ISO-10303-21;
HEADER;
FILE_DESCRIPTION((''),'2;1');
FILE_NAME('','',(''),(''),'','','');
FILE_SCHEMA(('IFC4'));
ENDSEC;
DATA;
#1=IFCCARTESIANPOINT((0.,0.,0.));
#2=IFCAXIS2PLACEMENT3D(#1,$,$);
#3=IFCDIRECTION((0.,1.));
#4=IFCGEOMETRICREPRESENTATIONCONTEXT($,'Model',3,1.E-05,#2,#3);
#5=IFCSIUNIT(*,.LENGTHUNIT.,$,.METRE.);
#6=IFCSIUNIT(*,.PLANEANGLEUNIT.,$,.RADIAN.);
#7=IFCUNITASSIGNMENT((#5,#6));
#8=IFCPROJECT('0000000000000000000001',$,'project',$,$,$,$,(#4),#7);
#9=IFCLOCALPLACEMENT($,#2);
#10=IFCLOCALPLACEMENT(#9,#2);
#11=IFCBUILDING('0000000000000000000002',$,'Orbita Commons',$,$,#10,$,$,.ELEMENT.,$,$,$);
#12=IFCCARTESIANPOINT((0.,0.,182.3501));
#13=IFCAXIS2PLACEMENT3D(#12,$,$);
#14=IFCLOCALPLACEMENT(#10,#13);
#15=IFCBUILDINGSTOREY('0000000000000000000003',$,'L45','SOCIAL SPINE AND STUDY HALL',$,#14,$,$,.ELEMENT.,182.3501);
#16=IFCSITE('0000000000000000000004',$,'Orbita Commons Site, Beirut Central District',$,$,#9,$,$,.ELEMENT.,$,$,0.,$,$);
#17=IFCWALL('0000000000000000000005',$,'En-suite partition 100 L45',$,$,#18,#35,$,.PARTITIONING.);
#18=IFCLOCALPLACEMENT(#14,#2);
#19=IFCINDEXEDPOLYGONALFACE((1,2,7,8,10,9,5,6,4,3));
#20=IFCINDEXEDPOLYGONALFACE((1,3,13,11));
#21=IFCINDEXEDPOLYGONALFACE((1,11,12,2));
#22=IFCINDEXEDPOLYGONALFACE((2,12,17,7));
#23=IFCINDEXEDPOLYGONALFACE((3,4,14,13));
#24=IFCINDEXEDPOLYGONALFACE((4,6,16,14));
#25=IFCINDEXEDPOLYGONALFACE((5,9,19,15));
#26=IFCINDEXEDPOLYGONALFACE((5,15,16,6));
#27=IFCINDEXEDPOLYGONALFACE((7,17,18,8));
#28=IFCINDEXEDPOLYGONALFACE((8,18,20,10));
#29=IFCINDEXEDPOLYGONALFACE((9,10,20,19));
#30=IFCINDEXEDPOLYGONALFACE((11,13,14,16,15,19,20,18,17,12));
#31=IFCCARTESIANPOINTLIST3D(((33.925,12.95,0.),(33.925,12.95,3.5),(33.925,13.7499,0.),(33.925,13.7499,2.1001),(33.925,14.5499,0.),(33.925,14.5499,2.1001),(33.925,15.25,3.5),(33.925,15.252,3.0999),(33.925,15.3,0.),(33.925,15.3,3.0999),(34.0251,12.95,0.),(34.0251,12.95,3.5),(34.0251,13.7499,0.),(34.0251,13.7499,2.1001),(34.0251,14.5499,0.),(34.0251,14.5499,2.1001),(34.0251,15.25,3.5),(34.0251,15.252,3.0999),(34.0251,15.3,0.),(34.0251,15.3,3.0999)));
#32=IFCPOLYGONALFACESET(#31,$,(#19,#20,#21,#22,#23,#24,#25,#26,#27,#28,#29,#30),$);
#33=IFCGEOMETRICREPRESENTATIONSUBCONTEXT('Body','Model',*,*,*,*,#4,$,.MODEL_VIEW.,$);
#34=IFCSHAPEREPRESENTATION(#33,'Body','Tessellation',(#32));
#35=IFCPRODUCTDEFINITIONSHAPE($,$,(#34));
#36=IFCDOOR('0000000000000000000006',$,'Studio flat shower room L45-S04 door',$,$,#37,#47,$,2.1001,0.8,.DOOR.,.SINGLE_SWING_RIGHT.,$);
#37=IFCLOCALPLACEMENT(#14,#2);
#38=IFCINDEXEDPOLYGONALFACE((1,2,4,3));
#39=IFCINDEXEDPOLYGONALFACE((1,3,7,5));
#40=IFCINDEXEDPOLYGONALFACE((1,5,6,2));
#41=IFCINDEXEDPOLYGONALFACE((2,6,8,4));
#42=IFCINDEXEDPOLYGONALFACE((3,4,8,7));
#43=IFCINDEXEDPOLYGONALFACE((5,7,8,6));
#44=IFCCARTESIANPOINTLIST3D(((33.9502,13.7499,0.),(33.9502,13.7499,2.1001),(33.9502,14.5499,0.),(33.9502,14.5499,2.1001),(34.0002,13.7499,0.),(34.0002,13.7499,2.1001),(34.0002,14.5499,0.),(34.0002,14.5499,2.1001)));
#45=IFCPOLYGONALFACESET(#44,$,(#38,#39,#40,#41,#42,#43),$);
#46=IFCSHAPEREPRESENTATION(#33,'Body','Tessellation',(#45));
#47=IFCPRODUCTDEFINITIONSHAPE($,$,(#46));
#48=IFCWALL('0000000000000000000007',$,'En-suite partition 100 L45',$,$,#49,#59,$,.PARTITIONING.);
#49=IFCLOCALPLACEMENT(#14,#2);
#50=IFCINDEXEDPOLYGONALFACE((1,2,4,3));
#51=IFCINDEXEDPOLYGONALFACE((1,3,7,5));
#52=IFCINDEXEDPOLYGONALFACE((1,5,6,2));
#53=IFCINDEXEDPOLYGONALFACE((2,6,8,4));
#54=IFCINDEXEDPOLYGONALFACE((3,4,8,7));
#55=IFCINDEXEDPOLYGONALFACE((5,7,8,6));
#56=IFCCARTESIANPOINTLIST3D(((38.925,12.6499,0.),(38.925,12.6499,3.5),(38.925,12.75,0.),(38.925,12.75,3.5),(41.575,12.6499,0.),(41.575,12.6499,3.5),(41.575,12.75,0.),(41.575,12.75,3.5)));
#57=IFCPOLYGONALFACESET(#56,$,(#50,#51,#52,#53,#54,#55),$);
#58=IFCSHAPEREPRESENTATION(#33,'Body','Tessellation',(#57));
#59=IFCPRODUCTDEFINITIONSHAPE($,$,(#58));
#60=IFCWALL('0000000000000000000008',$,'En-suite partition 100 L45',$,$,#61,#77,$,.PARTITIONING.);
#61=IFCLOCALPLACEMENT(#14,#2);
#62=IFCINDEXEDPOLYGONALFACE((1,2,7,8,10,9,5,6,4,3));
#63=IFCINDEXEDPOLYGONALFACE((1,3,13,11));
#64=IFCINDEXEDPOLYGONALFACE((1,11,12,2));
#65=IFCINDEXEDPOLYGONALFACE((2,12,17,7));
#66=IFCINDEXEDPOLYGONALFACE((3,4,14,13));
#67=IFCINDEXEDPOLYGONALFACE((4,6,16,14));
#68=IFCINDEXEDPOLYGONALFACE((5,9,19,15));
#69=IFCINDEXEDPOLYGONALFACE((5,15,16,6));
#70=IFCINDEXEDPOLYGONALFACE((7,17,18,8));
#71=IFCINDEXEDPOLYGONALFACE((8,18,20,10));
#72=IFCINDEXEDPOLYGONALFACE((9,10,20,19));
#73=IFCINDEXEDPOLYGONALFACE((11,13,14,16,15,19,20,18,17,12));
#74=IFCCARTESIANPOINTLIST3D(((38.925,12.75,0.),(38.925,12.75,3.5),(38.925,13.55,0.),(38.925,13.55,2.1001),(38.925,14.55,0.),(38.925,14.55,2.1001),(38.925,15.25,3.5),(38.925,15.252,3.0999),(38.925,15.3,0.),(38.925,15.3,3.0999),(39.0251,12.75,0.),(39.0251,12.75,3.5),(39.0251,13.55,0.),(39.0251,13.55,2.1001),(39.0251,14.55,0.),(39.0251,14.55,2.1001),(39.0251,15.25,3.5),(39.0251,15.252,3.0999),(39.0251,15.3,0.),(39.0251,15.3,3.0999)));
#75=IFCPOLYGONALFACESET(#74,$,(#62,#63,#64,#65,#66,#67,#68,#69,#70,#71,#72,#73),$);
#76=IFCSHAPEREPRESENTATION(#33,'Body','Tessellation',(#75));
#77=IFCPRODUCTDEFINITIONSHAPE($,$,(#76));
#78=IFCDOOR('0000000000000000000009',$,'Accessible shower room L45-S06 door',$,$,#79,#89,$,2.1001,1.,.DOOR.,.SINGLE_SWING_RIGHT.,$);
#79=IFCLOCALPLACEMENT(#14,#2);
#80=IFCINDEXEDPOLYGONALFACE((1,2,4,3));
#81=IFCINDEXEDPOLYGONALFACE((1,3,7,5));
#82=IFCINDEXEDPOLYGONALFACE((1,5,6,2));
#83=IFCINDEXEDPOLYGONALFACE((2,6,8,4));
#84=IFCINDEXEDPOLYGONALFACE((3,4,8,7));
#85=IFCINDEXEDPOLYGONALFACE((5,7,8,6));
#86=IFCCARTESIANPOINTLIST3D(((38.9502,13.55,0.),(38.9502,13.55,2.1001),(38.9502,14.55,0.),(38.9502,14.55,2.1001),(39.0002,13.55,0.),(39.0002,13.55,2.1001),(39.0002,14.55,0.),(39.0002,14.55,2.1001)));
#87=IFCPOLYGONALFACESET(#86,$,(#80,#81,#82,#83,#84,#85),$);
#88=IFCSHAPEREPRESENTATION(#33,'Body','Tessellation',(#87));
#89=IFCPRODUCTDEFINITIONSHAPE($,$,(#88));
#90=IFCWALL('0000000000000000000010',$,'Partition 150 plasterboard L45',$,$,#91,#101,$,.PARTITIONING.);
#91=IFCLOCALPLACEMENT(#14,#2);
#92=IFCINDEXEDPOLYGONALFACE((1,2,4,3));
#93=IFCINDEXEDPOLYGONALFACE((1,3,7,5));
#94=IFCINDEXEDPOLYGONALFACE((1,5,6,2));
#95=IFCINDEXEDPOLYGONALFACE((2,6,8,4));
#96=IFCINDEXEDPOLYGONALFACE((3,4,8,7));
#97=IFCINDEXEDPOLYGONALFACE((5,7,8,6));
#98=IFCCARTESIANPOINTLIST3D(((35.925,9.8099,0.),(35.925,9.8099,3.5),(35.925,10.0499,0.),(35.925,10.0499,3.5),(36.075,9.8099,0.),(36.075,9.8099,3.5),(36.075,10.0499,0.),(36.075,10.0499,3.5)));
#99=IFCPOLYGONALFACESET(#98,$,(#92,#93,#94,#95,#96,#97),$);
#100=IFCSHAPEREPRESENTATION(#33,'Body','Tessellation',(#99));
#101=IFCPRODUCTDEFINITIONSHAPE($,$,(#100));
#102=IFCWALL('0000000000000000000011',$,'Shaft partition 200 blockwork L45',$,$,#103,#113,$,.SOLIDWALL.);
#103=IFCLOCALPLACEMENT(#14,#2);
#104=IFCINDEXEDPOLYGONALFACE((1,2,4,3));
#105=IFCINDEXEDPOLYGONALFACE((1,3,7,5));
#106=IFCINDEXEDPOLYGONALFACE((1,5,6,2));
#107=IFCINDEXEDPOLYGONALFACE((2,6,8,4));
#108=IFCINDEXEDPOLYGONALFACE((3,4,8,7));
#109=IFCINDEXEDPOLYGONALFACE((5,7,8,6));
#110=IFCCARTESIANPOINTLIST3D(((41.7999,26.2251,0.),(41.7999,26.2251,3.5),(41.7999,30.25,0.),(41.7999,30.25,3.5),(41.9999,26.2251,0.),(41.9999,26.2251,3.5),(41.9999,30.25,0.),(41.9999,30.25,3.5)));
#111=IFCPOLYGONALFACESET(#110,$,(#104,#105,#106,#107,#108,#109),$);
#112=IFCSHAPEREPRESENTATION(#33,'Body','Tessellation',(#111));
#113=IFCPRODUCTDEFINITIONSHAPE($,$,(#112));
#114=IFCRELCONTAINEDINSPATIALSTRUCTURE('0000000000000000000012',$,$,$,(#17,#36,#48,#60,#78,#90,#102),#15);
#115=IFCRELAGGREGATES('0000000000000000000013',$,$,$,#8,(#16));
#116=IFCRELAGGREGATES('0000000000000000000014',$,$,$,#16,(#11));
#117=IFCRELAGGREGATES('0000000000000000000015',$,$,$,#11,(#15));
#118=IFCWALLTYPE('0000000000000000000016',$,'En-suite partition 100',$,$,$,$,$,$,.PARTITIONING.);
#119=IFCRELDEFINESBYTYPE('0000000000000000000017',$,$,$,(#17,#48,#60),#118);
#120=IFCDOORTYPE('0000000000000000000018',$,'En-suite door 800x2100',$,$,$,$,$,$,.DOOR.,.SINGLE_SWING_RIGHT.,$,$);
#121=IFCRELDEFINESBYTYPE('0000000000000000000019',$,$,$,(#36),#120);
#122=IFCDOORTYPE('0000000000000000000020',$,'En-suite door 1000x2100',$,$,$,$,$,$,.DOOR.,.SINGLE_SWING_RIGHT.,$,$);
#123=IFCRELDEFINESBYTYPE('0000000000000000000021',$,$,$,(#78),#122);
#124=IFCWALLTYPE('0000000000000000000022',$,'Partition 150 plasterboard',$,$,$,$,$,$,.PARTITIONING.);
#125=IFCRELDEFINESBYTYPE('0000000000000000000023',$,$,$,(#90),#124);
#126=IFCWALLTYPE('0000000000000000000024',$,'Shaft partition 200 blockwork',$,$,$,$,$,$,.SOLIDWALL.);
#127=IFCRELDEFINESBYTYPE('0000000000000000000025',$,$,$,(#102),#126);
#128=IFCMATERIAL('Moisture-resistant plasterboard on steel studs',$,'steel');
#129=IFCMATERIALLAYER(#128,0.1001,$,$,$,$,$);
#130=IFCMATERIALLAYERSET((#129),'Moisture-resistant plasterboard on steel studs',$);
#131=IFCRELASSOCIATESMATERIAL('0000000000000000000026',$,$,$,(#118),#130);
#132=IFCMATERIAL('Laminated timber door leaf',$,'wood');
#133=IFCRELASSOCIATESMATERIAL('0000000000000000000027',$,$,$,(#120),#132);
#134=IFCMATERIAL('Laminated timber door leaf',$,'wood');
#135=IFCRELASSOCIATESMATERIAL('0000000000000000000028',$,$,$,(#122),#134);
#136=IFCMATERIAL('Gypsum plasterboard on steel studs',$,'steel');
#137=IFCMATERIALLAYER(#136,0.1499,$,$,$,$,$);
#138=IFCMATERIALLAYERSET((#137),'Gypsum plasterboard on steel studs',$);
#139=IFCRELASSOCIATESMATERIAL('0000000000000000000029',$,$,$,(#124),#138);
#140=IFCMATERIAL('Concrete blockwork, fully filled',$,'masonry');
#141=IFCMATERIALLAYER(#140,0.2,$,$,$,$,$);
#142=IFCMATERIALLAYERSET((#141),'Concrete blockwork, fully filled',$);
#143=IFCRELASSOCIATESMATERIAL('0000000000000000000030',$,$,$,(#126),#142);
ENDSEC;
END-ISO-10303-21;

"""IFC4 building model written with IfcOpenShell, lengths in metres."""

from ifc_helpers import new_model, si_unit, direction, frame, frame_2d, origin, place, context, subcontext, project, spatial, polyline, rectangle, outline, extrude, material, layer, layer_set, type_object, element, fill, save


model = new_model("IFC4")

# Units and contexts
model_context = context("Model", 3, precision=1e-05, world=origin(), true_north=direction((0.0, 1.0)))
body_context = subcontext(model_context, "Body", "Model", "MODEL_VIEW")
ifc_project = project(units=[si_unit("LENGTHUNIT", "METRE"), si_unit("PLANEANGLEUNIT", "RADIAN")], contexts=[model_context])

# Site, building, storey
site_placement = place(None, origin())
site = spatial("IfcSite", under=ifc_project, at=site_placement, Name="Orbita Commons Site, Beirut Central District", CompositionType="ELEMENT", RefElevation=0.0)
building_placement = place(site_placement, origin())
building = spatial("IfcBuilding", under=site, at=building_placement, Name="Orbita Commons", CompositionType="ELEMENT")
storey_placement = place(building_placement, frame((0.0, 0.0, 182.3501)))
storey = spatial("IfcBuildingStorey", under=building, at=storey_placement, Name="L45", Description="SOCIAL SPINE AND STUDY HALL", CompositionType="ELEMENT", Elevation=182.3501)

# Wall, opening, door
ifc_material_1 = material(Name="Moisture-resistant plasterboard on steel studs", Category="steel")
ifc_layer_1 = layer(ifc_material_1, 0.1001)
ifc_layer_set_1 = layer_set([ifc_layer_1], Name="Moisture-resistant plasterboard on steel studs")
wall_type_1 = type_object("IfcWallType", Name="En-suite partition 100", PredefinedType="PARTITIONING", material=ifc_layer_set_1)
ifc_material_2 = material(Name="Laminated timber door leaf", Category="wood")
door_type_1 = type_object("IfcDoorType", Name="En-suite door 800x2100", OperationType="SINGLE_SWING_RIGHT", PredefinedType="DOOR", material=ifc_material_2)
wall_1_placement = place(storey_placement, frame((33.9751, 12.95, 0.0), z_axis=(0.0, 0.0, 1.0), x_axis=(0.0, 1.0, 0.0)))
wall_1 = element("IfcWall", 1, at=wall_1_placement, inside=storey, type_object=wall_type_1, Name="En-suite partition 100 L45", PredefinedType="PARTITIONING", context=body_context, shape_type="SweptSolid", body=[
    extrude(outline(polyline([(0.0, 0.0), (2.3501, 0.0), (2.3501, 3.0999), (2.302, 3.0999), (2.3, 3.5), (0.0, 3.5), (0.0, 0.0)])), frame((0.0, 0.05, 0.0), z_axis=(0.0, -1.0, 0.0), x_axis=(1.0, 0.0, 0.0)), (0.0, 0.0, 1.0), 0.1001),
])
opening_1_placement = place(wall_1_placement, frame((0.8, 0.0, 0.0)))
opening_1 = element("IfcOpeningElement", 2, at=opening_1_placement, cuts=wall_1, PredefinedType="OPENING", context=body_context, shape_type="SweptSolid", body=[
    extrude(rectangle(XDim=0.8, YDim=2.1001, at=frame_2d((0.3999, 1.05))), frame((0.0, 0.0601, 0.0), z_axis=(0.0, -1.0, 0.0), x_axis=(1.0, 0.0, 0.0)), (0.0, 0.0, 1.0), 0.1201),
])
door_1_placement = place(opening_1_placement, origin())
door_1 = element("IfcDoor", 3, at=door_1_placement, inside=storey, type_object=door_type_1, Name="Studio flat shower room L45-S04 door", OperationType="SINGLE_SWING_RIGHT", OverallHeight=2.1001, OverallWidth=0.8, PredefinedType="DOOR", context=body_context, shape_type="SweptSolid", body=[
    extrude(rectangle(XDim=0.8, YDim=2.1001, at=frame_2d((0.3999, 1.05))), frame((0.0, 0.0249, 0.0), z_axis=(0.0, -1.0, 0.0), x_axis=(1.0, 0.0, 0.0)), (0.0, 0.0, 1.0), 0.05),
])
fill(opening_1, door_1)

# Wall
wall_2_placement = place(storey_placement, frame((38.925, 12.7, 0.0), z_axis=(0.0, 0.0, 1.0), x_axis=(1.0, 0.0, 0.0)))
element("IfcWall", 4, at=wall_2_placement, inside=storey, type_object=wall_type_1, Name="En-suite partition 100 L45", PredefinedType="PARTITIONING", context=body_context, shape_type="SweptSolid", body=[
    extrude(rectangle(XDim=2.6499, YDim=0.1001, at=frame_2d((1.325, 0.0))), origin(), (0.0, 0.0, 1.0), 3.5),
])

# Wall, opening, door
wall_3_placement = place(storey_placement, frame((38.9751, 12.75, 0.0), z_axis=(0.0, 0.0, 1.0), x_axis=(0.0, 1.0, 0.0)))
wall_3 = element("IfcWall", 5, at=wall_3_placement, inside=storey, type_object=wall_type_1, Name="En-suite partition 100 L45", PredefinedType="PARTITIONING", context=body_context, shape_type="SweptSolid", body=[
    extrude(outline(polyline([(0.0, 0.0), (2.55, 0.0), (2.55, 3.0999), (2.502, 3.0999), (2.5, 3.5), (0.0, 3.5), (0.0, 0.0)])), frame((0.0, 0.05, 0.0), z_axis=(0.0, -1.0, 0.0), x_axis=(1.0, 0.0, 0.0)), (0.0, 0.0, 1.0), 0.1001),
])
opening_2_placement = place(wall_3_placement, frame((0.8, 0.0, 0.0)))
opening_2 = element("IfcOpeningElement", 6, at=opening_2_placement, cuts=wall_3, PredefinedType="OPENING", context=body_context, shape_type="SweptSolid", body=[
    extrude(rectangle(XDim=1.0, YDim=2.1001, at=frame_2d((0.5, 1.05))), frame((0.0, 0.0601, 0.0), z_axis=(0.0, -1.0, 0.0), x_axis=(1.0, 0.0, 0.0)), (0.0, 0.0, 1.0), 0.1201),
])
ifc_material_3 = material(Name="Laminated timber door leaf", Category="wood")
door_type_2 = type_object("IfcDoorType", Name="En-suite door 1000x2100", OperationType="SINGLE_SWING_RIGHT", PredefinedType="DOOR", material=ifc_material_3)
door_2_placement = place(opening_2_placement, origin())
door_2 = element("IfcDoor", 7, at=door_2_placement, inside=storey, type_object=door_type_2, Name="Accessible shower room L45-S06 door", OperationType="SINGLE_SWING_RIGHT", OverallHeight=2.1001, OverallWidth=1.0, PredefinedType="DOOR", context=body_context, shape_type="SweptSolid", body=[
    extrude(rectangle(XDim=1.0, YDim=2.1001, at=frame_2d((0.5, 1.05))), frame((0.0, 0.0249, 0.0), z_axis=(0.0, -1.0, 0.0), x_axis=(1.0, 0.0, 0.0)), (0.0, 0.0, 1.0), 0.05),
])
fill(opening_2, door_2)

# Walls
ifc_material_4 = material(Name="Gypsum plasterboard on steel studs", Category="steel")
ifc_layer_2 = layer(ifc_material_4, 0.1499)
ifc_layer_set_2 = layer_set([ifc_layer_2], Name="Gypsum plasterboard on steel studs")
wall_type_2 = type_object("IfcWallType", Name="Partition 150 plasterboard", PredefinedType="PARTITIONING", material=ifc_layer_set_2)
wall_4_placement = place(storey_placement, frame((36.0, 10.05, 0.0), z_axis=(0.0, 0.0, 1.0), x_axis=(0.0, -1.0, 0.0)))
element("IfcWall", 8, at=wall_4_placement, inside=storey, type_object=wall_type_2, Name="Partition 150 plasterboard L45", PredefinedType="PARTITIONING", context=body_context, shape_type="SweptSolid", body=[
    extrude(rectangle(XDim=0.24, YDim=0.1499, at=frame_2d((0.1201, 0.0))), origin(), (0.0, 0.0, 1.0), 3.5),
])
ifc_material_5 = material(Name="Concrete blockwork, fully filled", Category="masonry")
ifc_layer_3 = layer(ifc_material_5, 0.2)
ifc_layer_set_3 = layer_set([ifc_layer_3], Name="Concrete blockwork, fully filled")
wall_type_3 = type_object("IfcWallType", Name="Shaft partition 200 blockwork", PredefinedType="SOLIDWALL", material=ifc_layer_set_3)
wall_5_placement = place(storey_placement, frame((41.8999, 26.2251, 0.0), z_axis=(0.0, 0.0, 1.0), x_axis=(0.0, 1.0, 0.0)))
element("IfcWall", 9, at=wall_5_placement, inside=storey, type_object=wall_type_3, Name="Shaft partition 200 blockwork L45", PredefinedType="SOLIDWALL", context=body_context, shape_type="SweptSolid", body=[
    extrude(rectangle(XDim=4.0249, YDim=0.2, at=frame_2d((2.0125, 0.0))), origin(), (0.0, 0.0, 1.0), 3.5),
])

save(model, "model.ifc")
